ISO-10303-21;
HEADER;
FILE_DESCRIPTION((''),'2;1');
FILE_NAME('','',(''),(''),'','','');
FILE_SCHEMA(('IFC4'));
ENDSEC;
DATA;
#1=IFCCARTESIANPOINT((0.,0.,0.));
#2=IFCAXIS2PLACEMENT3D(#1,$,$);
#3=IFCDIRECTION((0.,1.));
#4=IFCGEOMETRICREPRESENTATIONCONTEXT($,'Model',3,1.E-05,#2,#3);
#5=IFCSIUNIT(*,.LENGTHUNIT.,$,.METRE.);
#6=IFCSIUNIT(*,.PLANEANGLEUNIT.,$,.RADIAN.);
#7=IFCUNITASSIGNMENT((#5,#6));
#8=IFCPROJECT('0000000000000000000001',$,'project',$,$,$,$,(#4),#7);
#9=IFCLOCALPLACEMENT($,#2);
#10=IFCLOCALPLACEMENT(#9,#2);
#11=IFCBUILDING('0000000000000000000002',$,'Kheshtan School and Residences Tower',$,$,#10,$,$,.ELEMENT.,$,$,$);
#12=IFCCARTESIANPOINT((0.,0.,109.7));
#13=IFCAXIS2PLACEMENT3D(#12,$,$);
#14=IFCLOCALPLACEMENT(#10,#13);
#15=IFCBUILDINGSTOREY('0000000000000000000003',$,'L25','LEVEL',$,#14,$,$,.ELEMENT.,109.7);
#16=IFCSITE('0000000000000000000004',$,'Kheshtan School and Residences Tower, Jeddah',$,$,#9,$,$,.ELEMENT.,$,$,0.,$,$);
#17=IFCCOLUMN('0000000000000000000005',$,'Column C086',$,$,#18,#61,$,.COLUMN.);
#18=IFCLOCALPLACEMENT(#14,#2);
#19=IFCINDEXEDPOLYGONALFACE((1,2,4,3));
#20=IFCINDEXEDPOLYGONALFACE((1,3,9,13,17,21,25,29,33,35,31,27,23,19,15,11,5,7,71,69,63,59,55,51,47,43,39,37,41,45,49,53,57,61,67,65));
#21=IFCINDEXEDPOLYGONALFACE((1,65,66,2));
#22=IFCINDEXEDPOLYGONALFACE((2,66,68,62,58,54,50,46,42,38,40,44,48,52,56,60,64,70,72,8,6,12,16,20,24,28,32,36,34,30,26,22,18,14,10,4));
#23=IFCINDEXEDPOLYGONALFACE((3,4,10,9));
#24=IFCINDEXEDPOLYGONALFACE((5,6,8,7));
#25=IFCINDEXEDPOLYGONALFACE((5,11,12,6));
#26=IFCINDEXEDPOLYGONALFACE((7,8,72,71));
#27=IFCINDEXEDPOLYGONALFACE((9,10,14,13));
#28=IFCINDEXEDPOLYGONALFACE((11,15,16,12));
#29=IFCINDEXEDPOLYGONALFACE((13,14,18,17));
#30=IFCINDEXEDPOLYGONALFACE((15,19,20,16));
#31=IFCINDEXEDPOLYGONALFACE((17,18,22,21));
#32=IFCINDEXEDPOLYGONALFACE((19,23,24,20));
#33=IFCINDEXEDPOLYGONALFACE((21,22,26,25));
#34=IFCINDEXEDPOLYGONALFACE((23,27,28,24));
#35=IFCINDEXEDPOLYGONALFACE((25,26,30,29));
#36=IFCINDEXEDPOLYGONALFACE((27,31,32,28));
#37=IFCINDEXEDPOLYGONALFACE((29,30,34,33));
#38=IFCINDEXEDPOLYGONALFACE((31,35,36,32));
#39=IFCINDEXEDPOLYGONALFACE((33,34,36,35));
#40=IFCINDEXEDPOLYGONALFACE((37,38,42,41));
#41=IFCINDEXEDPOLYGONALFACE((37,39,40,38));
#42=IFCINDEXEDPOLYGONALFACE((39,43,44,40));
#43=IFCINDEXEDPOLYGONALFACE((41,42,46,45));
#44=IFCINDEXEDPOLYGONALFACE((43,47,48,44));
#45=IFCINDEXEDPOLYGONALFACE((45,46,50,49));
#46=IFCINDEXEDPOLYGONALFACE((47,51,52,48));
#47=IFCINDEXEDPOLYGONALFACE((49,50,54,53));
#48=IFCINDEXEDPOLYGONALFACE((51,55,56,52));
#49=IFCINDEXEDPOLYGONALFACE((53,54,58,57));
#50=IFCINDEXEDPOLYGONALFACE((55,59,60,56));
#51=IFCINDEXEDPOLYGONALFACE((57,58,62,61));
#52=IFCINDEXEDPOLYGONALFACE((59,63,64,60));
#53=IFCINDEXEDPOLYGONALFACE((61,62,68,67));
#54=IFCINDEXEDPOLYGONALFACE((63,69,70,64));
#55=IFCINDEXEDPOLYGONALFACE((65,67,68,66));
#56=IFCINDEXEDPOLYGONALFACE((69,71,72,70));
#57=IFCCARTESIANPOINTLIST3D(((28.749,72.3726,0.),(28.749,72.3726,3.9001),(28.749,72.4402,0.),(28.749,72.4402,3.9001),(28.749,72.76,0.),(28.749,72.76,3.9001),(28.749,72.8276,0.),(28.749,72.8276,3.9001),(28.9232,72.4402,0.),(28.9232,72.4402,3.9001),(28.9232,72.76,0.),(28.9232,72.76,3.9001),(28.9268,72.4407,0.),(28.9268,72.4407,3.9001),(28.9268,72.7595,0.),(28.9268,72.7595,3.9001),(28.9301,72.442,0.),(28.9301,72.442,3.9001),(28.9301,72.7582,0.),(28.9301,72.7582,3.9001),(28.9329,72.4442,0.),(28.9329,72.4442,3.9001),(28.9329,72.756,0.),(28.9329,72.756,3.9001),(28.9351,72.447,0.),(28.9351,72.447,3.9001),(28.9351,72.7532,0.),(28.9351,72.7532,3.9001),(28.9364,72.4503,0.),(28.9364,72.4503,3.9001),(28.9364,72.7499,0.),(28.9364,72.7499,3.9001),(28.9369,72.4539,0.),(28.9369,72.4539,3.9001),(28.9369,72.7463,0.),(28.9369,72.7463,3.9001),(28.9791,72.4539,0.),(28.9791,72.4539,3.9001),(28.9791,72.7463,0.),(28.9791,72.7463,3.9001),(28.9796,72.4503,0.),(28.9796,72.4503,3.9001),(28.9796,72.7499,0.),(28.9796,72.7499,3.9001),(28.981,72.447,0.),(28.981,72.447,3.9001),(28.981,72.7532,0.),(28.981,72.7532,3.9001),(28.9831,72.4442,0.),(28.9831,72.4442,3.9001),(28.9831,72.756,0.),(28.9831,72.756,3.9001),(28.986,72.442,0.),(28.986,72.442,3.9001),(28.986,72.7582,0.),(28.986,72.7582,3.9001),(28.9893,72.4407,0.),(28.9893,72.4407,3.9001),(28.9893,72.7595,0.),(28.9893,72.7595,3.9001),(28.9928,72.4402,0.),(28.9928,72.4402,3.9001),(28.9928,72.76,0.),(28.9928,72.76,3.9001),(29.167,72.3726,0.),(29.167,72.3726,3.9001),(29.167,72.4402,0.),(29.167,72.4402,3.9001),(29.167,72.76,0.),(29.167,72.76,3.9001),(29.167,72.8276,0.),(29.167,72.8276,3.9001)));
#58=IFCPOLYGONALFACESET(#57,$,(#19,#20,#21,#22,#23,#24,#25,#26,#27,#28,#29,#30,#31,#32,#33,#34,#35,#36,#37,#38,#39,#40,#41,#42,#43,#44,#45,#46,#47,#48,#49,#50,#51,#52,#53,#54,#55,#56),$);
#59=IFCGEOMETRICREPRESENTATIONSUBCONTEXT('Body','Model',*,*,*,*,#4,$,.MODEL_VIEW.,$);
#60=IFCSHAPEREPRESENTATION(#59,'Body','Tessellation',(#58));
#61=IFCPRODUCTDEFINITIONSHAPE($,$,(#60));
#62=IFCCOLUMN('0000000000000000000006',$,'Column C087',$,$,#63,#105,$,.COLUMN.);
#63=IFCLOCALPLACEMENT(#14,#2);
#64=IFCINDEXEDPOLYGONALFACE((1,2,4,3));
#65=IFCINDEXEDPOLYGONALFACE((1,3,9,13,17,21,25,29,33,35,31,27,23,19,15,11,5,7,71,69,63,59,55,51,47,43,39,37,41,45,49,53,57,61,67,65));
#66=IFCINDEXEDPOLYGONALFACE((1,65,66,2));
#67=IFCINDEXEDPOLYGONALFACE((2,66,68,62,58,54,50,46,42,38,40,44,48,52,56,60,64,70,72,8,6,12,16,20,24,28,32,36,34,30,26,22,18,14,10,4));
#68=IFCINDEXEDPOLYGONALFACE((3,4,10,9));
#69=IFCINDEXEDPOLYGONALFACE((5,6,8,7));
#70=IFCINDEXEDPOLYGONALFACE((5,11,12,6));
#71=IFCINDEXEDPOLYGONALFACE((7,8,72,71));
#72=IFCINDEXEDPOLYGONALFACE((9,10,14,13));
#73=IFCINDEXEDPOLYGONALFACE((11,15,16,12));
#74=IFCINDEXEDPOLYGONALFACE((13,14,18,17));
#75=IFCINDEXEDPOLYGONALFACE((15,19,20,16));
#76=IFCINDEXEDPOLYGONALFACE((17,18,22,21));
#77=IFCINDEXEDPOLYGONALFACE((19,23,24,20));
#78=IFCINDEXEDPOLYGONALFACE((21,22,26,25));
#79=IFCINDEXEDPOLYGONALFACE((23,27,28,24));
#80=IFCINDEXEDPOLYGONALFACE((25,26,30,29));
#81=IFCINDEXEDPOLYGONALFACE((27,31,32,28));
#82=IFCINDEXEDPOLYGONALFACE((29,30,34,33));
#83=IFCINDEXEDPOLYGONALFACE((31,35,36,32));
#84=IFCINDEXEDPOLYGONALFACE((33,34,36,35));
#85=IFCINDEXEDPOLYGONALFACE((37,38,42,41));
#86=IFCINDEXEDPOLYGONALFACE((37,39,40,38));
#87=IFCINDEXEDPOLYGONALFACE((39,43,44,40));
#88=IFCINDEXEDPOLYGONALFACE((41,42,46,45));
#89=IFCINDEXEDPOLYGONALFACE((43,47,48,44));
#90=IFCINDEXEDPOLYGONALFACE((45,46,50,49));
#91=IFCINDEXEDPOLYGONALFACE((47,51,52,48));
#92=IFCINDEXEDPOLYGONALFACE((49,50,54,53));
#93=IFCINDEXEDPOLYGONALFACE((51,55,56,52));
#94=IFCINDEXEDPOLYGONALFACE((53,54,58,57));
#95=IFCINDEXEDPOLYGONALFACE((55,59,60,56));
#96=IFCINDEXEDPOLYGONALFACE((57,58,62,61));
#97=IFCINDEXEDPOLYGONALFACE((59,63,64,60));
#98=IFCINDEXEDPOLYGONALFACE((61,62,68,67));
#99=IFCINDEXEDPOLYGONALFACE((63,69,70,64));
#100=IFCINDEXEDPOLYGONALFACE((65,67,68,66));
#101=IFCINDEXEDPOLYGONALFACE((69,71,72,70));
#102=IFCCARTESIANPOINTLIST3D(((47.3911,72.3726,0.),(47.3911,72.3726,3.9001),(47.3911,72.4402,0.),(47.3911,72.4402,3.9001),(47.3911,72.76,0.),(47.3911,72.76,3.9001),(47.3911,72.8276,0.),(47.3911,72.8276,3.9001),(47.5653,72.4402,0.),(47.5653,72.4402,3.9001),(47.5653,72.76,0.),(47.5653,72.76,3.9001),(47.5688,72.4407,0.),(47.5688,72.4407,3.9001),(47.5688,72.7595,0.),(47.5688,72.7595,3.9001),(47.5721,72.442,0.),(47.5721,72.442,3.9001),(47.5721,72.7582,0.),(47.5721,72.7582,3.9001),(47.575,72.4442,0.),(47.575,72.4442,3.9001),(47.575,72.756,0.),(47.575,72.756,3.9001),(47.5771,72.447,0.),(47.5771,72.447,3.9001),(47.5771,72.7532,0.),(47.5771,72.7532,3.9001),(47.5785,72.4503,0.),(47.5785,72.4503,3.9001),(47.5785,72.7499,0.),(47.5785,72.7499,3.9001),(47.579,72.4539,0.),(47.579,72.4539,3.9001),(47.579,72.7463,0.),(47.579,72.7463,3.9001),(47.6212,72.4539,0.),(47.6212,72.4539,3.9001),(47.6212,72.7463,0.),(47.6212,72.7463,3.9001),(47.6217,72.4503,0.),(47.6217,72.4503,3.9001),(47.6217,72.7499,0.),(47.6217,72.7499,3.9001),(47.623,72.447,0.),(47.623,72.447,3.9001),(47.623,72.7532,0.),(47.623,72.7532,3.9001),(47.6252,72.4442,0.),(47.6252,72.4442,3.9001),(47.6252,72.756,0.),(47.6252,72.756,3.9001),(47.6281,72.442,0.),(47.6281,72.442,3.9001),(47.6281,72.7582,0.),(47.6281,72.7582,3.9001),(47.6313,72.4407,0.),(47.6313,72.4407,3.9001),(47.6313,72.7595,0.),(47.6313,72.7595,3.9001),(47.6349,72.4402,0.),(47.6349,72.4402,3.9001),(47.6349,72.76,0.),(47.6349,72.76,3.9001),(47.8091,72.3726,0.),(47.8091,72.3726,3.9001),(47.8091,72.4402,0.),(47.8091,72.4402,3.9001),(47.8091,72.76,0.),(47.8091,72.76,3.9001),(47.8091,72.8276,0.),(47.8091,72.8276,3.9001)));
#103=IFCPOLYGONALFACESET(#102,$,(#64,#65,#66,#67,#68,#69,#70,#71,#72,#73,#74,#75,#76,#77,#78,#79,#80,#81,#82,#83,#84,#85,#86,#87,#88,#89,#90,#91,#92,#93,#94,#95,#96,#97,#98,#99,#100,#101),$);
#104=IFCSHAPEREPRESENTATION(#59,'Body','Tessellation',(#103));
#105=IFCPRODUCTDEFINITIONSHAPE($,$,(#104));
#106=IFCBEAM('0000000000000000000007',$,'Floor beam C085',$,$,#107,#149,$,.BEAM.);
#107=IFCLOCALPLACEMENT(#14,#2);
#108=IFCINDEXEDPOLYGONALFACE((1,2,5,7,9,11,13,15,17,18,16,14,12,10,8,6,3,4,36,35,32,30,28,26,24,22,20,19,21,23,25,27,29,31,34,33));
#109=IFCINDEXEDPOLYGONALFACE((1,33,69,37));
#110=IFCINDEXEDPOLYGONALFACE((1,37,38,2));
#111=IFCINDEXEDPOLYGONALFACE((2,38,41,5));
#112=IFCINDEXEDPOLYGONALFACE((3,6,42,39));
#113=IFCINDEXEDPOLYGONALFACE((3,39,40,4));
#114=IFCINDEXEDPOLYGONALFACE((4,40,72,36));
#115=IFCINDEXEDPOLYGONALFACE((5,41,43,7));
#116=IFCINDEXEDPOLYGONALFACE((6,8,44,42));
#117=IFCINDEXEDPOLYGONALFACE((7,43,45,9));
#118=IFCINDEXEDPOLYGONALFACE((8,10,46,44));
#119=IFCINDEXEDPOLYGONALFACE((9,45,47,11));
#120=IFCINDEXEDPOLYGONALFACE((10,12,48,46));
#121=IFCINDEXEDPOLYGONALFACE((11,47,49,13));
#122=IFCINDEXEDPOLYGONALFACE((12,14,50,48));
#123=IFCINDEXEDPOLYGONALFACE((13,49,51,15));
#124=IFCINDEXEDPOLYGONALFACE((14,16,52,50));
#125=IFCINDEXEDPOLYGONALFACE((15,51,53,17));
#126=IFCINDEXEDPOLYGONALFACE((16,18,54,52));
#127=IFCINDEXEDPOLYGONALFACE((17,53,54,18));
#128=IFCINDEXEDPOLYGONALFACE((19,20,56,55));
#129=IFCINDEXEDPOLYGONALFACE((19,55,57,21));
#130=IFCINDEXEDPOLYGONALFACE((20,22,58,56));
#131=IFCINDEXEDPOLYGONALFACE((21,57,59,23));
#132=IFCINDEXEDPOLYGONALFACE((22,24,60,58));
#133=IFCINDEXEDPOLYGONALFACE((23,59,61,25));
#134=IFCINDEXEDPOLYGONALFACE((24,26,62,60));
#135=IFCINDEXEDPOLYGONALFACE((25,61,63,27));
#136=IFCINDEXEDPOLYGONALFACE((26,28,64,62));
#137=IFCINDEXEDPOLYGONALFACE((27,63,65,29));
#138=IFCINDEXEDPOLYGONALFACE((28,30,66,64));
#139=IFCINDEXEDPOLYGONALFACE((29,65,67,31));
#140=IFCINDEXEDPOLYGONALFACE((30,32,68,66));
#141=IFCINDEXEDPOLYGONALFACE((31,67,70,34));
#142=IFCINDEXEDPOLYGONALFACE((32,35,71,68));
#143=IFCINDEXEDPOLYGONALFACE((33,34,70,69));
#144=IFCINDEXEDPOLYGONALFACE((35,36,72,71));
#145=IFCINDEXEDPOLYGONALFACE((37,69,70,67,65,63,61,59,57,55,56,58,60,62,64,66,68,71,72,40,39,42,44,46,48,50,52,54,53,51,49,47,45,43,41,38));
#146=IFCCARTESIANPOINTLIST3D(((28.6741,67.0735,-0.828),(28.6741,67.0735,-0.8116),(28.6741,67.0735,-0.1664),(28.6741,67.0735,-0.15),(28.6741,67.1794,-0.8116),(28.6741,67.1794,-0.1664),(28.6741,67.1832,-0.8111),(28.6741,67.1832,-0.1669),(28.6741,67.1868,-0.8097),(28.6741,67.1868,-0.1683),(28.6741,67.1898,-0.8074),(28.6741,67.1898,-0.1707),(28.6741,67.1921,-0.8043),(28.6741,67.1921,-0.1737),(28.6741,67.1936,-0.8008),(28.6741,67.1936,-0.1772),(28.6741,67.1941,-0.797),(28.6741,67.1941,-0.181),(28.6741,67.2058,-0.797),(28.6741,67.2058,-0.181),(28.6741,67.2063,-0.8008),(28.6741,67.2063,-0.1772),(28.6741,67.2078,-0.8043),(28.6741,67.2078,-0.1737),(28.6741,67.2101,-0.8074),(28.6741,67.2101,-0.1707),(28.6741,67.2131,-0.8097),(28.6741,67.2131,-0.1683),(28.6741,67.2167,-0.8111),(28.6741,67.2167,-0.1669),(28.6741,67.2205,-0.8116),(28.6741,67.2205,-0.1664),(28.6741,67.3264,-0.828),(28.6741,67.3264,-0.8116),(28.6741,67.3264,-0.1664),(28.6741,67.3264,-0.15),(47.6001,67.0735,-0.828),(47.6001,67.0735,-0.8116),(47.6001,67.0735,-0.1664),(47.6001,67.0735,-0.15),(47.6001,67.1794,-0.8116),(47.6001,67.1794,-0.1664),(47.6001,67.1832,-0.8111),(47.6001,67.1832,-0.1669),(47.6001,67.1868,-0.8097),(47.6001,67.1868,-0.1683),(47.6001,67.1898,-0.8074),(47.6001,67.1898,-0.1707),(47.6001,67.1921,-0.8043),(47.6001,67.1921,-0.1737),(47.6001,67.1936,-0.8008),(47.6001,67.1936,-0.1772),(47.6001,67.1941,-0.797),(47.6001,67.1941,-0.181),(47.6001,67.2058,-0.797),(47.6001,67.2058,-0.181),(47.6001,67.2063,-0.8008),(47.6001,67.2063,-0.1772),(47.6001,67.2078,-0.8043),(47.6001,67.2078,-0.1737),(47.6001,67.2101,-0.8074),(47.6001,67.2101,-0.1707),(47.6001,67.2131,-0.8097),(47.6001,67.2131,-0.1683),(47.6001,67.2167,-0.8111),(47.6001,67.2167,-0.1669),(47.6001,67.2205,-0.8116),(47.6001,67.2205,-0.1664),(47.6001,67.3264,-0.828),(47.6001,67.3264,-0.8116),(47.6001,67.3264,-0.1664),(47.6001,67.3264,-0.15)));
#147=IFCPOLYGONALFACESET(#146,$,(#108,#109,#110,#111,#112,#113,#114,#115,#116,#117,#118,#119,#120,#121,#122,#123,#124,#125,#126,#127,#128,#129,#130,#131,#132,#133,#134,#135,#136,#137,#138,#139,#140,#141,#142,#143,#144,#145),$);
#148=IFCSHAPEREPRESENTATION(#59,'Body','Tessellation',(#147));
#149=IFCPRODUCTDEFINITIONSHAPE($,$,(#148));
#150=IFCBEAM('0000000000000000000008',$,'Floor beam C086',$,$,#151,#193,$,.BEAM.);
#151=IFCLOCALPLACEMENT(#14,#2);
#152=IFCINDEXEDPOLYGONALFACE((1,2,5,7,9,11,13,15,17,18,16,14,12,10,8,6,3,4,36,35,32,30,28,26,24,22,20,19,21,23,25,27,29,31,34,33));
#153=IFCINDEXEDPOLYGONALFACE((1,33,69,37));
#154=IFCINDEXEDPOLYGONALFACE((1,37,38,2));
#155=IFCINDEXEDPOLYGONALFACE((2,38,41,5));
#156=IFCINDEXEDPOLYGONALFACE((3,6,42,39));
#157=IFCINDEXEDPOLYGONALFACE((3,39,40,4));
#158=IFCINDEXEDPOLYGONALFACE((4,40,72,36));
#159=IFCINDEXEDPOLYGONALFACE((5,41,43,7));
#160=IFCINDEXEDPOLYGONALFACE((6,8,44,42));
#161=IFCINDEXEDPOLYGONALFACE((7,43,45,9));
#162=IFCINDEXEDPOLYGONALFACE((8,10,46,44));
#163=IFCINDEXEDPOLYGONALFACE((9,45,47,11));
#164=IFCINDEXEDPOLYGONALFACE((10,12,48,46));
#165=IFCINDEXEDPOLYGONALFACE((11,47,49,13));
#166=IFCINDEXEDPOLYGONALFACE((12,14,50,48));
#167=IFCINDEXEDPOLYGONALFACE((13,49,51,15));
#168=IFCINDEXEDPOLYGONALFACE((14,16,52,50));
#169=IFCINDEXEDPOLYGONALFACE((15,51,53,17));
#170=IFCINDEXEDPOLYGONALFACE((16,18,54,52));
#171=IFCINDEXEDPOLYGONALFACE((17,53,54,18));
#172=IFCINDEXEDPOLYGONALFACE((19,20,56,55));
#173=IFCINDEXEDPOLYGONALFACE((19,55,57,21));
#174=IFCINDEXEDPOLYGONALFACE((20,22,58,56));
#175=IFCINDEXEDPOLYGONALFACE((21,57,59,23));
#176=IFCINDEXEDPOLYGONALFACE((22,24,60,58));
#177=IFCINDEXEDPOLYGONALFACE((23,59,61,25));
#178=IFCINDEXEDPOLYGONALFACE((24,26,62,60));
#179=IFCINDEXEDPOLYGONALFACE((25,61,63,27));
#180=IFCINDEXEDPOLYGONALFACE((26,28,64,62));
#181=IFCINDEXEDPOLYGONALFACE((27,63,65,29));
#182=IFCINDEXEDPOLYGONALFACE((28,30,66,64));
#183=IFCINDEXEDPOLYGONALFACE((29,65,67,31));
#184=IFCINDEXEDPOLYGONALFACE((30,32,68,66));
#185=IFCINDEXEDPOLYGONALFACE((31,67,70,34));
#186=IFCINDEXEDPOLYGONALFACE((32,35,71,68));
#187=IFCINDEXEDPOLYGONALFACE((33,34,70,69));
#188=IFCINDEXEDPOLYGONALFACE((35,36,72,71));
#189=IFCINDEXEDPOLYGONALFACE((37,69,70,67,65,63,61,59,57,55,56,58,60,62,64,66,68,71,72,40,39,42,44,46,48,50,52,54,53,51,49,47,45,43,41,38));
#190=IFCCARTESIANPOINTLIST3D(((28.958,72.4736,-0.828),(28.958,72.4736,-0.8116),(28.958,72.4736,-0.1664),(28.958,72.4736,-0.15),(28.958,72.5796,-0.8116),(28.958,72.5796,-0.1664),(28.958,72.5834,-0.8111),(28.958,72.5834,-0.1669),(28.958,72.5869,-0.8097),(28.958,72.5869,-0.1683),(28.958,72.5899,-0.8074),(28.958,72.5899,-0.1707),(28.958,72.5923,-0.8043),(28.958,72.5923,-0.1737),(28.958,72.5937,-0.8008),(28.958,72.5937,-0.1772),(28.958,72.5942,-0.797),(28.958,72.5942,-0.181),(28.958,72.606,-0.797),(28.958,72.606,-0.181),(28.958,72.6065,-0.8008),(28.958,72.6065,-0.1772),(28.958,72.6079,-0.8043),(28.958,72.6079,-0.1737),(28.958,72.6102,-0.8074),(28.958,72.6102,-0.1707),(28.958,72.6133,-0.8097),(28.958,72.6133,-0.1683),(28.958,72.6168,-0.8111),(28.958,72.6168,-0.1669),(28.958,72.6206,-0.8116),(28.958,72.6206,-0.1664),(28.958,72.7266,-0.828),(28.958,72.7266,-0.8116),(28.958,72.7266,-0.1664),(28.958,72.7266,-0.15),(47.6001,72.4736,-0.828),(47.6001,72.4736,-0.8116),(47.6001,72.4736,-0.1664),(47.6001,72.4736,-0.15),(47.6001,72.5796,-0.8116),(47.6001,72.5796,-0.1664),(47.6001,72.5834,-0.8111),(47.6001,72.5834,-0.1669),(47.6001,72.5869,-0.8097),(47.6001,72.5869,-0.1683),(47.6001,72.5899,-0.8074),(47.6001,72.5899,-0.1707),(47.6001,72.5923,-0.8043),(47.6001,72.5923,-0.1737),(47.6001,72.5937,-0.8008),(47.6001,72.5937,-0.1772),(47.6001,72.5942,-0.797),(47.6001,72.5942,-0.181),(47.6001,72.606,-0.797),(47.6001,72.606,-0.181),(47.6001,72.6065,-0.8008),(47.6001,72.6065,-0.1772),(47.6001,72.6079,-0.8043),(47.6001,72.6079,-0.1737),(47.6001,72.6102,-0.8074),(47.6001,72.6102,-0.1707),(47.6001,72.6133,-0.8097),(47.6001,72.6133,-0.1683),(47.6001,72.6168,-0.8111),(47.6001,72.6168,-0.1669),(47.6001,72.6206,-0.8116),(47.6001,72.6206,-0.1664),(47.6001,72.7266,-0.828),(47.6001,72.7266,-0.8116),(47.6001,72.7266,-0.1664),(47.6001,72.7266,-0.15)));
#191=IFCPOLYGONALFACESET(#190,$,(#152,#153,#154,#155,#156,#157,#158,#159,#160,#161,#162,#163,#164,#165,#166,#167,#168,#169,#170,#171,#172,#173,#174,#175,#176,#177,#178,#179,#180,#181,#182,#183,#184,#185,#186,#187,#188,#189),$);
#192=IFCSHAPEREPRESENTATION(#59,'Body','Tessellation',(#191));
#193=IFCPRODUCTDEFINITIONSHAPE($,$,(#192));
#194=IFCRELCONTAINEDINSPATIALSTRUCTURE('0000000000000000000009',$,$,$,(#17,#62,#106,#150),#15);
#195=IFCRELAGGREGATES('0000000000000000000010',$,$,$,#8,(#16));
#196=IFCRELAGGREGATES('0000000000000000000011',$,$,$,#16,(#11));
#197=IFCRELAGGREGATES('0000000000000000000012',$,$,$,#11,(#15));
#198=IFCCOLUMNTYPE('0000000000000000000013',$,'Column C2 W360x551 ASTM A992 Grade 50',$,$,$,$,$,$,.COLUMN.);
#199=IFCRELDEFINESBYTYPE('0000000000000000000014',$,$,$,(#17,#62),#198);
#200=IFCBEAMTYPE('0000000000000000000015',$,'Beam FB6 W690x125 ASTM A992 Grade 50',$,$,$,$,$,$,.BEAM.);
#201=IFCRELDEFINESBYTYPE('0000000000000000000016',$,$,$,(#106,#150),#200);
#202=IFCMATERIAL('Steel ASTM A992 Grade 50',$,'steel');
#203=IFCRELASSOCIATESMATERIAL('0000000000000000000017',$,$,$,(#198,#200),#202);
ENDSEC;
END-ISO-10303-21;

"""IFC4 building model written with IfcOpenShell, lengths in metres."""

from ifc_helpers import new_model, si_unit, direction, frame, origin, origin_2d, place, context, subcontext, project, spatial, i_section, extrude, material, material_profile, profile_set, type_object, element, save


model = new_model("IFC4")

# Units and contexts
model_context = context("Model", 3, precision=1e-05, world=origin(), true_north=direction((0.0, 1.0)))
body_context = subcontext(model_context, "Body", "Model", "MODEL_VIEW")
ifc_project = project(units=[si_unit("LENGTHUNIT", "METRE"), si_unit("PLANEANGLEUNIT", "RADIAN")], contexts=[model_context])

# Site, building, storey
site_placement = place(None, origin())
site = spatial("IfcSite", under=ifc_project, at=site_placement, Name="Kheshtan School and Residences Tower, Jeddah", CompositionType="ELEMENT", RefElevation=0.0)
building_placement = place(site_placement, origin())
building = spatial("IfcBuilding", under=site, at=building_placement, Name="Kheshtan School and Residences Tower", CompositionType="ELEMENT")
storey_placement = place(building_placement, frame((0.0, 0.0, 109.7)))
storey = spatial("IfcBuildingStorey", under=building, at=storey_placement, Name="L25", Description="LEVEL", CompositionType="ELEMENT", Elevation=109.7)

# Columns
ifc_material_1 = material(Name="Steel ASTM A992 Grade 50", Category="steel")
ifc_material_profile_1 = material_profile(ifc_material_1, i_section(OverallWidth=0.418, OverallDepth=0.4551, WebThickness=0.0422, FlangeThickness=0.0676, FilletRadius=0.0137, at=origin_2d()), Name="W360x551")
ifc_profile_set_1 = profile_set([ifc_material_profile_1], Name="Steel ASTM A992 Grade 50")
column_type = type_object("IfcColumnType", Name="Column C2 W360x551 ASTM A992 Grade 50", PredefinedType="COLUMN", material=ifc_profile_set_1)
for number, where, z_axis, x_axis, name in (
    (1, (28.958, 72.6001, 0.0), (0.0, 0.0, 1.0), (1.0, 0.0, 0.0), "Column C086"),
    (2, (47.6001, 72.6001, 0.0), (0.0, 0.0, 1.0), (1.0, 0.0, 0.0), "Column C087"),
):
    element("IfcColumn", number, at=place(storey_placement, frame(where, z_axis=z_axis, x_axis=x_axis)), inside=storey, type_object=column_type, Name=name, PredefinedType="COLUMN", context=body_context, shape_type="SweptSolid", body=[
        extrude(i_section(OverallWidth=0.418, OverallDepth=0.4551, WebThickness=0.0422, FlangeThickness=0.0676, FilletRadius=0.0137, at=origin_2d()), origin(), (0.0, 0.0, 1.0), 3.9001),
    ])

# Beams
ifc_material_profile_2 = material_profile(ifc_material_1, i_section(OverallWidth=0.2529, OverallDepth=0.678, WebThickness=0.0117, FlangeThickness=0.0164, FilletRadius=0.0146, at=origin_2d()), Name="W690x125")
ifc_profile_set_2 = profile_set([ifc_material_profile_2], Name="Steel ASTM A992 Grade 50")
beam_type_1 = type_object("IfcBeamType", Name="Beam FB6 W690x125 ASTM A992 Grade 50", PredefinedType="BEAM", material=ifc_profile_set_2)
beam_1_placement = place(storey_placement, frame((47.6001, 67.2, -0.489), z_axis=(-1.0, 0.0, 0.0), x_axis=(0.0, -1.0, 0.0)))
element("IfcBeam", 3, at=beam_1_placement, inside=storey, type_object=beam_type_1, Name="Floor beam C085", PredefinedType="BEAM", context=body_context, shape_type="SweptSolid", body=[
    extrude(i_section(OverallWidth=0.2529, OverallDepth=0.678, WebThickness=0.0117, FlangeThickness=0.0164, FilletRadius=0.0146, at=origin_2d()), origin(), (0.0, 0.0, 1.0), 18.926),
])
beam_2_placement = place(storey_placement, frame((28.958, 72.6001, -0.489), z_axis=(1.0, 0.0, 0.0), x_axis=(0.0, 1.0, 0.0)))
element("IfcBeam", 4, at=beam_2_placement, inside=storey, type_object=beam_type_1, Name="Floor beam C086", PredefinedType="BEAM", context=body_context, shape_type="SweptSolid", body=[
    extrude(i_section(OverallWidth=0.2529, OverallDepth=0.678, WebThickness=0.0117, FlangeThickness=0.0164, FilletRadius=0.0146, at=origin_2d()), origin(), (0.0, 0.0, 1.0), 18.6421),
])

save(model, "model.ifc")
